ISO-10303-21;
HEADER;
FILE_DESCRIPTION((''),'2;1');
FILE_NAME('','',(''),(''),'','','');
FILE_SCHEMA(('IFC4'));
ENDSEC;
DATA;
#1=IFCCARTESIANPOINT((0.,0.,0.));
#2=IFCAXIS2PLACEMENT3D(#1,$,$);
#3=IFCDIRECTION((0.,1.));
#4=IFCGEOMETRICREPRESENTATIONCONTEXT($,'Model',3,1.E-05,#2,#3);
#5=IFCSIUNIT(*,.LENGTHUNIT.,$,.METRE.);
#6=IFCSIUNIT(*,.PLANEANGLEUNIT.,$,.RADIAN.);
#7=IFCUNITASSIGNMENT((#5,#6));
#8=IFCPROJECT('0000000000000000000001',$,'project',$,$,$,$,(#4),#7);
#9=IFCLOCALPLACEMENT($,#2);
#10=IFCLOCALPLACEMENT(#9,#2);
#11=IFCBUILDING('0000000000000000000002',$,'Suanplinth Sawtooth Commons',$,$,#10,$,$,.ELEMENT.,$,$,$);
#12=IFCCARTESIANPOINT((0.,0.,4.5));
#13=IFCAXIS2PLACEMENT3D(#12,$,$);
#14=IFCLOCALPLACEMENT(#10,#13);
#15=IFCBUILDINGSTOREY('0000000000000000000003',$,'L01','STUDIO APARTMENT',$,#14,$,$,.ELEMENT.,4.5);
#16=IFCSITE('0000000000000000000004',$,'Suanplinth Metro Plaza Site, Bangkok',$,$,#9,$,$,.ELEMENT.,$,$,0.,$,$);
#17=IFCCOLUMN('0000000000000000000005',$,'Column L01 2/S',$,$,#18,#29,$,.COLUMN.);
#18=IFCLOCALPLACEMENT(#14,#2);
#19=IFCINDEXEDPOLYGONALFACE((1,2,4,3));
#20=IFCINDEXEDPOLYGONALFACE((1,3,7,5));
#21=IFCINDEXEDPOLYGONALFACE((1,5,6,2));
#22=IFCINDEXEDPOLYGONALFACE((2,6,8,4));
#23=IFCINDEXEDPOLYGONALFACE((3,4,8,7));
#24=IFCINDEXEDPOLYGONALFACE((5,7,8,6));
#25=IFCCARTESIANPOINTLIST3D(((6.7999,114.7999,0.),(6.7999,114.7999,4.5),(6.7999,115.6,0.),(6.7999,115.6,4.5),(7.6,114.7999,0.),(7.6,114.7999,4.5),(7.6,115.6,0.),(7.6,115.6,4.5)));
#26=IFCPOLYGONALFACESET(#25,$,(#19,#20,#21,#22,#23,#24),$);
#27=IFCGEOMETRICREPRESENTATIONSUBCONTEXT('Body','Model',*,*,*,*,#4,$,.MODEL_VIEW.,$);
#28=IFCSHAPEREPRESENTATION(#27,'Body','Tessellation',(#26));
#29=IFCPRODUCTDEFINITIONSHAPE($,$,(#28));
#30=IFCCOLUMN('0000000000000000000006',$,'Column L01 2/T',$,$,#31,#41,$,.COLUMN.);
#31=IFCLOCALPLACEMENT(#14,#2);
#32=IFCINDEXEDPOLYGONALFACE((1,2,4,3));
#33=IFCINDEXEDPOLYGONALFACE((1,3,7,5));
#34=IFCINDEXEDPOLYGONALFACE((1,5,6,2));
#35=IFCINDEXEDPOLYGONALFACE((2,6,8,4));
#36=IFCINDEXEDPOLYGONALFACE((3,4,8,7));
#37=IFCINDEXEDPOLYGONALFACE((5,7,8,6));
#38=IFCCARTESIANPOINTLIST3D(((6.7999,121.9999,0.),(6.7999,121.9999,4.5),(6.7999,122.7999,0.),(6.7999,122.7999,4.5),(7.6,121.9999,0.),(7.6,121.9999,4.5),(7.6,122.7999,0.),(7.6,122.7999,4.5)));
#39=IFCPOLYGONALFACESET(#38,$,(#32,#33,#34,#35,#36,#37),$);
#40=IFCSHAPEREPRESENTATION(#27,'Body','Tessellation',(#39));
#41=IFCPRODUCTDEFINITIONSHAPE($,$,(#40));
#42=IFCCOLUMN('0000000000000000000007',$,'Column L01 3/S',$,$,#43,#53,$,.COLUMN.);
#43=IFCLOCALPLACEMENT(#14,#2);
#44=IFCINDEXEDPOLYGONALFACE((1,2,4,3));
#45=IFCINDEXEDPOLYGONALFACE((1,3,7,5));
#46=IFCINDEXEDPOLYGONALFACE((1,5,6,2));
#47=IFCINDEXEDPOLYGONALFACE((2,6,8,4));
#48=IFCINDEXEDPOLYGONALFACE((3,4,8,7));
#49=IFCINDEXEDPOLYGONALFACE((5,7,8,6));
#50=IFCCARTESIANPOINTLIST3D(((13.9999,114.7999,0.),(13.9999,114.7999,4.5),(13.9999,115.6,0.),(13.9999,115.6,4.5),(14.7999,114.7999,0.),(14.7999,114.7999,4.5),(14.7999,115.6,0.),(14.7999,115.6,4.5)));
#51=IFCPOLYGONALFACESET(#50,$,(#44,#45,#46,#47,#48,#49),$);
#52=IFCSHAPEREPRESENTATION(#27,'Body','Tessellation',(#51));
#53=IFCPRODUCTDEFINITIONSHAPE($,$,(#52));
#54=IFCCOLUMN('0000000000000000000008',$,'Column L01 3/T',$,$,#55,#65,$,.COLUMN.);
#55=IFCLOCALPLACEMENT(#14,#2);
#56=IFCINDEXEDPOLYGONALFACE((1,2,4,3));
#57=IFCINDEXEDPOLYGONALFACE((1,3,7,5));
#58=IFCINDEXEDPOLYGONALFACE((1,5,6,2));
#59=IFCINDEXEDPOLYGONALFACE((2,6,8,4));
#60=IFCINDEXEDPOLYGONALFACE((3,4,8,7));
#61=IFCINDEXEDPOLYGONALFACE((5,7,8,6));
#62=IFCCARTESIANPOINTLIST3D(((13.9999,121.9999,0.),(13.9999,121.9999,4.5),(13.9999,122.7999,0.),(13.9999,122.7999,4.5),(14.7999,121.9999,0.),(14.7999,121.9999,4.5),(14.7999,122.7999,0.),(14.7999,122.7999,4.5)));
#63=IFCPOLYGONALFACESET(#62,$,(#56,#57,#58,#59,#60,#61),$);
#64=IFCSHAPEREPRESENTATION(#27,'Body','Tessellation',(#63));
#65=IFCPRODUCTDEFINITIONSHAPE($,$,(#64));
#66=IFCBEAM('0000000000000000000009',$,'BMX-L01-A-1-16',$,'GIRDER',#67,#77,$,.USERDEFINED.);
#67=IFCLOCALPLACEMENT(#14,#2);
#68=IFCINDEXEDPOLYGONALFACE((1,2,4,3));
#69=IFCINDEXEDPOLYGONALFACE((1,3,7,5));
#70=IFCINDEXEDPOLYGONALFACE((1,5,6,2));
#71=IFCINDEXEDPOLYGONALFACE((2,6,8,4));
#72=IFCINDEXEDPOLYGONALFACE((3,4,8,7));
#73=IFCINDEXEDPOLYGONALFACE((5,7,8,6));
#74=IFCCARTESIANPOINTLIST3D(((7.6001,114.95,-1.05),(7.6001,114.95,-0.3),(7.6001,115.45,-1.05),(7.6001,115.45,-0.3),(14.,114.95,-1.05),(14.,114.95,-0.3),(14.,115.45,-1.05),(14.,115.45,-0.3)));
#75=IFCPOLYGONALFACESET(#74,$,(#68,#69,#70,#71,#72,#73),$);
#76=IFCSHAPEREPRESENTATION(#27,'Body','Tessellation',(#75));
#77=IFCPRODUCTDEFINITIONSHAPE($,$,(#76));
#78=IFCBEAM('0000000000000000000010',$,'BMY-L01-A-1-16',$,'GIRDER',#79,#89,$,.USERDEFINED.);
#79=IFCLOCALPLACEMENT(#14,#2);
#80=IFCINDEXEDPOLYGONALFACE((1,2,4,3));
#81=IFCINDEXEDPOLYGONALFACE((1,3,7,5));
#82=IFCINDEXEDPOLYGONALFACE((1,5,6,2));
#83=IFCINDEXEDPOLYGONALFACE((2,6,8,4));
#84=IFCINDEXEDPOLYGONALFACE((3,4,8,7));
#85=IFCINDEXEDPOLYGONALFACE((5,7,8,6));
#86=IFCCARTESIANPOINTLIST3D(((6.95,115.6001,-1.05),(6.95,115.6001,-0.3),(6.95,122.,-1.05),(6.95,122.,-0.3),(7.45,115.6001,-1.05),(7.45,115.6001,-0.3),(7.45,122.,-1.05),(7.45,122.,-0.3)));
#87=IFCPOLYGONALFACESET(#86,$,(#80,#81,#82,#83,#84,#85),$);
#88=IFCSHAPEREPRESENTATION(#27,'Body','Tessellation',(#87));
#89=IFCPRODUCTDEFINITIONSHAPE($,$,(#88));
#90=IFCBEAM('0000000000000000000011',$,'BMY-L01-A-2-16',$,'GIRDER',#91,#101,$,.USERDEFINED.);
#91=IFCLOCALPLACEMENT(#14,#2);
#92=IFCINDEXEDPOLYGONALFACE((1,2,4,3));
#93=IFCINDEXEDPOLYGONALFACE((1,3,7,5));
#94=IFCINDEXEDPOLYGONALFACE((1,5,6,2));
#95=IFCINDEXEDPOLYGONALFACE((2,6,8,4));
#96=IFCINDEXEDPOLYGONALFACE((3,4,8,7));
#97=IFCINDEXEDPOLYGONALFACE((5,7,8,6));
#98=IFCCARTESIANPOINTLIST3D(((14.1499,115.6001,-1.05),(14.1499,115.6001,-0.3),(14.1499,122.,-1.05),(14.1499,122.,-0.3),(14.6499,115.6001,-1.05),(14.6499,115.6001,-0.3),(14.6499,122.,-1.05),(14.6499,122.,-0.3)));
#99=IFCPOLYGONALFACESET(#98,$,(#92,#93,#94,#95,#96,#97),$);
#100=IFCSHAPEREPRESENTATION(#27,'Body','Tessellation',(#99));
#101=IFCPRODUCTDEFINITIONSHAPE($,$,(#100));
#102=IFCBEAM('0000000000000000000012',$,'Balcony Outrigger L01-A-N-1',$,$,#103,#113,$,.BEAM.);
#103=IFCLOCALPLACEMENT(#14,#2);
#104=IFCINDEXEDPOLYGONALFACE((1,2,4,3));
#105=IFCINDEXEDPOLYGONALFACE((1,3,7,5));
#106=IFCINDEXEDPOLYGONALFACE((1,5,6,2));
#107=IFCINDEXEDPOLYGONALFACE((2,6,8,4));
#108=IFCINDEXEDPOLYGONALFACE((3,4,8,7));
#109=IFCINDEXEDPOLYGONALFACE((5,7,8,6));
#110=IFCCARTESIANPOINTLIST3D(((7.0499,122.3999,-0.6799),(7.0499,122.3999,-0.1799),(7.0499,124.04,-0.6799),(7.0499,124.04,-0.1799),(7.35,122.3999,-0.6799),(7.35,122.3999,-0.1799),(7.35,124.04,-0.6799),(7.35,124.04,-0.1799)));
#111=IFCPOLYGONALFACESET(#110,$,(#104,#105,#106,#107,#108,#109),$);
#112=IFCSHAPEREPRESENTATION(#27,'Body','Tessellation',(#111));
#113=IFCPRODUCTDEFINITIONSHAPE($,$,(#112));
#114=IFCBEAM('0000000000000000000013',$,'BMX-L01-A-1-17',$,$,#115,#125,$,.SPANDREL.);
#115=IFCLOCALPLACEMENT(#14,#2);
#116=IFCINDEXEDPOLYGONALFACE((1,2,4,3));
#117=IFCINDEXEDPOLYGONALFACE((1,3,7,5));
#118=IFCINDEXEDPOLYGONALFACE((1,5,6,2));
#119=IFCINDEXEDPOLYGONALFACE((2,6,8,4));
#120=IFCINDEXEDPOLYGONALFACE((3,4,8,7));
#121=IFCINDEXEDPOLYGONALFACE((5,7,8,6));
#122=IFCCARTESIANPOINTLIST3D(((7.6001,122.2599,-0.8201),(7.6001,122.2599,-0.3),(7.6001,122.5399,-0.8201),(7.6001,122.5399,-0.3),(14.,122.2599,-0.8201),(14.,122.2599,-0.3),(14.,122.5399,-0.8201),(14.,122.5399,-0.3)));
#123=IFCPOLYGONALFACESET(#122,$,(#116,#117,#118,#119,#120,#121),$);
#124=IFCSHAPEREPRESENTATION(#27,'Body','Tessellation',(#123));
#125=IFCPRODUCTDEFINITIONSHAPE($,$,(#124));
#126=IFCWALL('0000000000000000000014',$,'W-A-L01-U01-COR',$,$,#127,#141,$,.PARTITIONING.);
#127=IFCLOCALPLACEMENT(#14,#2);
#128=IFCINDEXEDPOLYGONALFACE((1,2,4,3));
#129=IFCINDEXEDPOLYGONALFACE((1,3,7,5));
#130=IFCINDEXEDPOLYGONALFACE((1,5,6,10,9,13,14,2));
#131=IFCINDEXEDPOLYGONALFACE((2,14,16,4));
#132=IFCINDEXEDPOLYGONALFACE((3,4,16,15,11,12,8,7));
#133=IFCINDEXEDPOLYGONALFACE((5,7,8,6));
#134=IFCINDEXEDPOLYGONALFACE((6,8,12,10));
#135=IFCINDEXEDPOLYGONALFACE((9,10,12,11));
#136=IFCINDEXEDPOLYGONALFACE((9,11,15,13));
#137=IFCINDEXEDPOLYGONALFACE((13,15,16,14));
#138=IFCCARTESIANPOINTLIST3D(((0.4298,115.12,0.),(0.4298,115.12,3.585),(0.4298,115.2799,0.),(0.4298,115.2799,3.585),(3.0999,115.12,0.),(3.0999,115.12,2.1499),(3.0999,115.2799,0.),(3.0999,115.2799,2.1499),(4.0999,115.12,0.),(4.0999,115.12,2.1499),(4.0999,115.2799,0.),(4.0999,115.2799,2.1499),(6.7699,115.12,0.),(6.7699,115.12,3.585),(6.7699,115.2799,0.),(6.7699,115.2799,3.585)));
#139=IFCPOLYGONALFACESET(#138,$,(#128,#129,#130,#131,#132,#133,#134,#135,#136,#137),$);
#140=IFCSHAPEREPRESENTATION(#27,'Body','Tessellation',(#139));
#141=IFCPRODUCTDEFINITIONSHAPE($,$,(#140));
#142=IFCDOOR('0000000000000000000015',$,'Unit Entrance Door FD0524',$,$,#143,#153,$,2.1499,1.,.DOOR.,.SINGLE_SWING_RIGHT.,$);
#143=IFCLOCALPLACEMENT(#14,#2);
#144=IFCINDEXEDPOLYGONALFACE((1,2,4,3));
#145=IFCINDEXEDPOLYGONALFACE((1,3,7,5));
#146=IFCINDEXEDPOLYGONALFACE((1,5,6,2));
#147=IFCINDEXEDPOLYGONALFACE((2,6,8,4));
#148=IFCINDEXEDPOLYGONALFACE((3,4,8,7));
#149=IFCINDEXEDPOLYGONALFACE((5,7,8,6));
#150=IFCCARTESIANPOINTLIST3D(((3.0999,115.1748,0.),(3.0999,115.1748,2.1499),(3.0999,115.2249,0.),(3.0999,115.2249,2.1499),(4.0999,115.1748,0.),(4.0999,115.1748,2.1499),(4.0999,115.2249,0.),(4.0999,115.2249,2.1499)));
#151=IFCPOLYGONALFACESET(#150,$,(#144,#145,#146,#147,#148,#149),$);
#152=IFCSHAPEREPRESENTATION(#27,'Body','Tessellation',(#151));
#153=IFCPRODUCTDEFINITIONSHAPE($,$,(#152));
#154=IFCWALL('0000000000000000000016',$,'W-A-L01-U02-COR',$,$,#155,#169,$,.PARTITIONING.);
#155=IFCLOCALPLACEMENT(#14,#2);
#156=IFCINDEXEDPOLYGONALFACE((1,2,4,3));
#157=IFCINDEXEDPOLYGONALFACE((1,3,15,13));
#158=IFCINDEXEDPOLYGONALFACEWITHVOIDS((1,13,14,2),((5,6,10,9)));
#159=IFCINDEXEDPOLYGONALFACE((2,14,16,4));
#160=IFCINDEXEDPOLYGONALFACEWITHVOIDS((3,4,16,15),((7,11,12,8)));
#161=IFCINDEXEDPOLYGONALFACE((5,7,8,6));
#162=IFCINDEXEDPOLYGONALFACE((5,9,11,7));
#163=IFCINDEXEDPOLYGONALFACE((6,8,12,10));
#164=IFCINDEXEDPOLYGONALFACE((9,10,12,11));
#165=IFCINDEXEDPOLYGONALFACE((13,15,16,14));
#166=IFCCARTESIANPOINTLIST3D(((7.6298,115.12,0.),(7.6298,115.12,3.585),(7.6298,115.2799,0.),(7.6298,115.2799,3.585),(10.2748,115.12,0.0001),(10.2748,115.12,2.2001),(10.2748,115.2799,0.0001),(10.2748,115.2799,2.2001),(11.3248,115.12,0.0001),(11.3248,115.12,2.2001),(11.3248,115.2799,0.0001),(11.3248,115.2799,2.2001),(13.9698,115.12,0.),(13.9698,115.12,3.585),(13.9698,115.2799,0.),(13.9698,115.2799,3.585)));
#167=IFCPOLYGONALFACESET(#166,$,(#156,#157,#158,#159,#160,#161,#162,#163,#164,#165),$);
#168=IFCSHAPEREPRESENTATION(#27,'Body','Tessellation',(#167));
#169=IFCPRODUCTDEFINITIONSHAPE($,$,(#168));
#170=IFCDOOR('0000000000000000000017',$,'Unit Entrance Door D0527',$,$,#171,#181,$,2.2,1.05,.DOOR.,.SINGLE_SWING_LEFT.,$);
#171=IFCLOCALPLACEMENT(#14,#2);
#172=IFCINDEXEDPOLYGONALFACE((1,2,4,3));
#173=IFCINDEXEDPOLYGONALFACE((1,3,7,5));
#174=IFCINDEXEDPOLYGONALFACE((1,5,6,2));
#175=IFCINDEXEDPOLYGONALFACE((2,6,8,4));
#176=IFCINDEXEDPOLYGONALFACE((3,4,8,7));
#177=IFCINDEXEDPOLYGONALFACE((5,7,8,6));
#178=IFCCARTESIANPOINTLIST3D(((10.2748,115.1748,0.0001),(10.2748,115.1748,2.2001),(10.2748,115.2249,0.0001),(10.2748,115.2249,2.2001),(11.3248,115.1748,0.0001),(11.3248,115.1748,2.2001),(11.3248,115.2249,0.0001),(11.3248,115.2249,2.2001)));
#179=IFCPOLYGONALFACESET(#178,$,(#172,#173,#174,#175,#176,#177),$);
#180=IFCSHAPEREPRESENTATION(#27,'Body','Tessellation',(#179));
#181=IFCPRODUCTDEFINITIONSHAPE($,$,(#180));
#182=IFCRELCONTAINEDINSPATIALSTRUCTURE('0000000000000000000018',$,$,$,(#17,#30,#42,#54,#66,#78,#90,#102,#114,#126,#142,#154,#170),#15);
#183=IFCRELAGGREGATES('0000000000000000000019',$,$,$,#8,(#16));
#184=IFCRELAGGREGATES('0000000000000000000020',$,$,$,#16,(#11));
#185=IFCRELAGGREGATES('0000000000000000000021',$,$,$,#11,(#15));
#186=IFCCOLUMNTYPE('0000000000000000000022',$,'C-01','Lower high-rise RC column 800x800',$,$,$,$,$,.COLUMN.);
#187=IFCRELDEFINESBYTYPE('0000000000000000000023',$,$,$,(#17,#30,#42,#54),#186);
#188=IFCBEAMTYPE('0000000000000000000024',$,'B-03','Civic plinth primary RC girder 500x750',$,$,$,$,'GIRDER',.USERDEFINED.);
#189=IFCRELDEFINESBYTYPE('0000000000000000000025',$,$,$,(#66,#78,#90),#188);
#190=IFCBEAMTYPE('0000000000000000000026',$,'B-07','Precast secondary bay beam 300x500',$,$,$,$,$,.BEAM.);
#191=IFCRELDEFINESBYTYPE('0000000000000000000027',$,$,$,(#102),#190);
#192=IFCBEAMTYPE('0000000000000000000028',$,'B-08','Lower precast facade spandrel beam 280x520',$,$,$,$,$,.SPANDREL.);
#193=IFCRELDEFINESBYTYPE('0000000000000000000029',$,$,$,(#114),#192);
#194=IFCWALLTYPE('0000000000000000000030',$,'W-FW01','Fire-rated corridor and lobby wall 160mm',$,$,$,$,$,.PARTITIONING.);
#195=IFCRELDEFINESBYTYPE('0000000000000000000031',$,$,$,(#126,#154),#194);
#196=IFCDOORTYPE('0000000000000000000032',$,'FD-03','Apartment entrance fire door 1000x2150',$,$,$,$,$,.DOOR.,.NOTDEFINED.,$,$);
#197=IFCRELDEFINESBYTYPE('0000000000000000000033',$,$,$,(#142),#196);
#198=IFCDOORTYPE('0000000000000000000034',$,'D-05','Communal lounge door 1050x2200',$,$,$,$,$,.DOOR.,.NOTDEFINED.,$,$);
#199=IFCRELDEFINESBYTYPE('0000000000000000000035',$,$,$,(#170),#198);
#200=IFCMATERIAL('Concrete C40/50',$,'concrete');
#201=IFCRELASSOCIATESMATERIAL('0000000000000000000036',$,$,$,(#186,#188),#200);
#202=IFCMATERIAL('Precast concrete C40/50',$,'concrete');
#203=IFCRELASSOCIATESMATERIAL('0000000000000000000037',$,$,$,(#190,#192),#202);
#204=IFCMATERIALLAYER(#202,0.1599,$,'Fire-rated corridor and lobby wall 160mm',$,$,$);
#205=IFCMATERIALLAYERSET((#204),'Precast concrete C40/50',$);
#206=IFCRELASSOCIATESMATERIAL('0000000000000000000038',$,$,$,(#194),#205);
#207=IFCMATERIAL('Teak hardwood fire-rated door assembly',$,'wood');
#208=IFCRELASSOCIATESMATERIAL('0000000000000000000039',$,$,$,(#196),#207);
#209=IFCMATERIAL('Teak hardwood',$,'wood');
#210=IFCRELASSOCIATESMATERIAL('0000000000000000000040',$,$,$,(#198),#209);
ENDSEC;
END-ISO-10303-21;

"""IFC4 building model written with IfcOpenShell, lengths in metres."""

from ifc_helpers import new_model, si_unit, direction, frame, frame_2d, origin, origin_2d, place, context, subcontext, project, spatial, rectangle, extrude, material, layer, layer_set, material_profile, profile_set, type_object, element, fill, save


model = new_model("IFC4")

# Units and contexts
model_context = context("Model", 3, precision=1e-05, world=origin(), true_north=direction((0.0, 1.0)))
body_context = subcontext(model_context, "Body", "Model", "MODEL_VIEW")
ifc_project = project(units=[si_unit("LENGTHUNIT", "METRE"), si_unit("PLANEANGLEUNIT", "RADIAN")], contexts=[model_context])

# Site, building, storey
site_placement = place(None, origin())
site = spatial("IfcSite", under=ifc_project, at=site_placement, Name="Suanplinth Metro Plaza Site, Bangkok", CompositionType="ELEMENT", RefElevation=0.0)
building_placement = place(site_placement, origin())
building = spatial("IfcBuilding", under=site, at=building_placement, Name="Suanplinth Sawtooth Commons", CompositionType="ELEMENT")
storey_placement = place(building_placement, frame((0.0, 0.0, 4.5)))
storey = spatial("IfcBuildingStorey", under=building, at=storey_placement, Name="L01", Description="STUDIO APARTMENT", CompositionType="ELEMENT", Elevation=4.5)

# Columns
ifc_material_1 = material(Name="Concrete C40/50", Category="concrete")
ifc_material_profile_1 = material_profile(ifc_material_1, rectangle(XDim=0.8, YDim=0.8, at=origin_2d()), Name="RC-COL 800x800")
ifc_profile_set_1 = profile_set([ifc_material_profile_1], Name="Concrete C40/50")
column_type = type_object("IfcColumnType", Name="C-01", Description="Lower high-rise RC column 800x800", PredefinedType="COLUMN", material=ifc_profile_set_1)
for number, where, z_axis, x_axis, name in (
    (1, (7.2, 115.2, 0.0), (0.0, 0.0, 1.0), (1.0, 0.0, 0.0), "Column L01 2/S"),
    (2, (7.2, 122.3999, 0.0), (0.0, 0.0, 1.0), (1.0, 0.0, 0.0), "Column L01 2/T"),
    (3, (14.3999, 115.2, 0.0), (0.0, 0.0, 1.0), (1.0, 0.0, 0.0), "Column L01 3/S"),
    (4, (14.3999, 122.3999, 0.0), (0.0, 0.0, 1.0), (1.0, 0.0, 0.0), "Column L01 3/T"),
):
    element("IfcColumn", number, at=place(storey_placement, frame(where, z_axis=z_axis, x_axis=x_axis)), inside=storey, type_object=column_type, Name=name, PredefinedType="COLUMN", context=body_context, shape_type="SweptSolid", body=[
        extrude(rectangle(XDim=0.8, YDim=0.8, at=origin_2d()), origin(), (0.0, 0.0, 1.0), 4.5),
    ])

# Beams
ifc_material_profile_2 = material_profile(ifc_material_1, rectangle(XDim=0.5, YDim=0.75, at=origin_2d()), Name="RC-GDR 500x750")
ifc_profile_set_2 = profile_set([ifc_material_profile_2], Name="Concrete C40/50")
beam_type_1 = type_object("IfcBeamType", Name="B-03", Description="Civic plinth primary RC girder 500x750", ElementType="GIRDER", PredefinedType="USERDEFINED", material=ifc_profile_set_2)
for number, where, z_axis, x_axis, name in (
    (5, (7.6001, 115.2, -0.675), (1.0, 0.0, 0.0), (0.0, 1.0, 0.0), "BMX-L01-A-1-16"),
    (6, (7.2, 115.6001, -0.675), (0.0, 1.0, 0.0), (-1.0, 0.0, 0.0), "BMY-L01-A-1-16"),
    (7, (14.3999, 115.6001, -0.675), (0.0, 1.0, 0.0), (-1.0, 0.0, 0.0), "BMY-L01-A-2-16"),
):
    element("IfcBeam", number, at=place(storey_placement, frame(where, z_axis=z_axis, x_axis=x_axis)), inside=storey, type_object=beam_type_1, Name=name, ObjectType="GIRDER", PredefinedType="USERDEFINED", context=body_context, shape_type="SweptSolid", body=[
        extrude(rectangle(XDim=0.5, YDim=0.75, at=origin_2d()), origin(), (0.0, 0.0, 1.0), 6.3999),
    ])
ifc_material_2 = material(Name="Precast concrete C40/50", Category="concrete")
ifc_material_profile_3 = material_profile(ifc_material_2, rectangle(XDim=0.3, YDim=0.5, at=origin_2d()), Name="PC-BM 300x500")
ifc_profile_set_3 = profile_set([ifc_material_profile_3], Name="Precast concrete C40/50")
beam_type_2 = type_object("IfcBeamType", Name="B-07", Description="Precast secondary bay beam 300x500", PredefinedType="BEAM", material=ifc_profile_set_3)
beam_1_placement = place(storey_placement, frame((7.2, 122.3999, -0.4299), z_axis=(0.0, 1.0, 0.0), x_axis=(-1.0, 0.0, 0.0)))
element("IfcBeam", 8, at=beam_1_placement, inside=storey, type_object=beam_type_2, Name="Balcony Outrigger L01-A-N-1", PredefinedType="BEAM", context=body_context, shape_type="SweptSolid", body=[
    extrude(rectangle(XDim=0.3, YDim=0.5, at=origin_2d()), origin(), (0.0, 0.0, 1.0), 1.6401),
])
ifc_material_profile_4 = material_profile(ifc_material_2, rectangle(XDim=0.28, YDim=0.52, at=origin_2d()), Name="PC-SP 280x520")
ifc_profile_set_4 = profile_set([ifc_material_profile_4], Name="Precast concrete C40/50")
beam_type_3 = type_object("IfcBeamType", Name="B-08", Description="Lower precast facade spandrel beam 280x520", PredefinedType="SPANDREL", material=ifc_profile_set_4)
beam_2_placement = place(storey_placement, frame((7.6001, 122.3999, -0.5601), z_axis=(1.0, 0.0, 0.0), x_axis=(0.0, 1.0, 0.0)))
element("IfcBeam", 9, at=beam_2_placement, inside=storey, type_object=beam_type_3, Name="BMX-L01-A-1-17", PredefinedType="SPANDREL", context=body_context, shape_type="SweptSolid", body=[
    extrude(rectangle(XDim=0.28, YDim=0.52, at=origin_2d()), origin(), (0.0, 0.0, 1.0), 6.3999),
])

# Walls, openings, doors
ifc_layer_1 = layer(ifc_material_2, 0.1599, Name="Fire-rated corridor and lobby wall 160mm")
ifc_layer_set_1 = layer_set([ifc_layer_1], Name="Precast concrete C40/50")
wall_type_1 = type_object("IfcWallType", Name="W-FW01", Description="Fire-rated corridor and lobby wall 160mm", PredefinedType="PARTITIONING", material=ifc_layer_set_1)
wall_1_placement = place(storey_placement, frame((0.4299, 115.2, 0.0), z_axis=(0.0, 0.0, 1.0), x_axis=(1.0, 0.0, 0.0)))
wall_1 = element("IfcWall", 10, at=wall_1_placement, inside=storey, type_object=wall_type_1, Name="W-A-L01-U01-COR", PredefinedType="PARTITIONING", context=body_context, shape_type="SweptSolid", body=[
    extrude(rectangle(XDim=6.3401, YDim=0.1599, at=frame_2d((3.1699, 0.0))), origin(), (0.0, 0.0, 1.0), 3.585),
])
opening_1_placement = place(wall_1_placement, frame((2.6699, 0.0, 0.0)))
opening_1 = element("IfcOpeningElement", 11, at=opening_1_placement, cuts=wall_1, PredefinedType="OPENING", context=body_context, shape_type="SweptSolid", body=[
    extrude(rectangle(XDim=1.0, YDim=2.1499, at=frame_2d((0.5, 1.075))), frame((0.0, 0.0947, 0.0), z_axis=(0.0, -1.0, 0.0), x_axis=(1.0, 0.0, 0.0)), (0.0, 0.0, 1.0), 0.1897),
])
ifc_material_3 = material(Name="Teak hardwood fire-rated door assembly", Category="wood")
door_type_1 = type_object("IfcDoorType", Name="FD-03", Description="Apartment entrance fire door 1000x2150", OperationType="NOTDEFINED", PredefinedType="DOOR", material=ifc_material_3)
door_1_placement = place(opening_1_placement, origin())
door_1 = element("IfcDoor", 12, at=door_1_placement, inside=storey, type_object=door_type_1, Name="Unit Entrance Door FD0524", OperationType="SINGLE_SWING_RIGHT", OverallHeight=2.1499, OverallWidth=1.0, PredefinedType="DOOR", context=body_context, shape_type="SweptSolid", body=[
    extrude(rectangle(XDim=1.0, YDim=2.1499, at=frame_2d((0.5, 1.075))), frame((0.0, 0.0249, 0.0), z_axis=(0.0, -1.0, 0.0), x_axis=(1.0, 0.0, 0.0)), (0.0, 0.0, 1.0), 0.05),
])
fill(opening_1, door_1)
wall_2_placement = place(storey_placement, frame((7.6299, 115.2, 0.0), z_axis=(0.0, 0.0, 1.0), x_axis=(1.0, 0.0, 0.0)))
wall_2 = element("IfcWall", 13, at=wall_2_placement, inside=storey, type_object=wall_type_1, Name="W-A-L01-U02-COR", PredefinedType="PARTITIONING", context=body_context, shape_type="SweptSolid", body=[
    extrude(rectangle(XDim=6.3401, YDim=0.1599, at=frame_2d((3.1699, 0.0))), origin(), (0.0, 0.0, 1.0), 3.585),
])
opening_2_placement = place(wall_2_placement, frame((2.645, 0.0, 0.0)))
opening_2 = element("IfcOpeningElement", 14, at=opening_2_placement, cuts=wall_2, PredefinedType="OPENING", context=body_context, shape_type="SweptSolid", body=[
    extrude(rectangle(XDim=1.05, YDim=2.2, at=frame_2d((0.5249, 1.1001))), frame((0.0, 0.0947, 0.0), z_axis=(0.0, -1.0, 0.0), x_axis=(1.0, 0.0, 0.0)), (0.0, 0.0, 1.0), 0.1897),
])
ifc_material_4 = material(Name="Teak hardwood", Category="wood")
door_type_2 = type_object("IfcDoorType", Name="D-05", Description="Communal lounge door 1050x2200", OperationType="NOTDEFINED", PredefinedType="DOOR", material=ifc_material_4)
door_2_placement = place(opening_2_placement, origin())
door_2 = element("IfcDoor", 15, at=door_2_placement, inside=storey, type_object=door_type_2, Name="Unit Entrance Door D0527", OperationType="SINGLE_SWING_LEFT", OverallHeight=2.2, OverallWidth=1.05, PredefinedType="DOOR", context=body_context, shape_type="SweptSolid", body=[
    extrude(rectangle(XDim=1.05, YDim=2.2, at=frame_2d((0.5249, 1.1001))), frame((0.0, 0.0249, 0.0), z_axis=(0.0, -1.0, 0.0), x_axis=(1.0, 0.0, 0.0)), (0.0, 0.0, 1.0), 0.05),
])
fill(opening_2, door_2)

save(model, "model.ifc")
